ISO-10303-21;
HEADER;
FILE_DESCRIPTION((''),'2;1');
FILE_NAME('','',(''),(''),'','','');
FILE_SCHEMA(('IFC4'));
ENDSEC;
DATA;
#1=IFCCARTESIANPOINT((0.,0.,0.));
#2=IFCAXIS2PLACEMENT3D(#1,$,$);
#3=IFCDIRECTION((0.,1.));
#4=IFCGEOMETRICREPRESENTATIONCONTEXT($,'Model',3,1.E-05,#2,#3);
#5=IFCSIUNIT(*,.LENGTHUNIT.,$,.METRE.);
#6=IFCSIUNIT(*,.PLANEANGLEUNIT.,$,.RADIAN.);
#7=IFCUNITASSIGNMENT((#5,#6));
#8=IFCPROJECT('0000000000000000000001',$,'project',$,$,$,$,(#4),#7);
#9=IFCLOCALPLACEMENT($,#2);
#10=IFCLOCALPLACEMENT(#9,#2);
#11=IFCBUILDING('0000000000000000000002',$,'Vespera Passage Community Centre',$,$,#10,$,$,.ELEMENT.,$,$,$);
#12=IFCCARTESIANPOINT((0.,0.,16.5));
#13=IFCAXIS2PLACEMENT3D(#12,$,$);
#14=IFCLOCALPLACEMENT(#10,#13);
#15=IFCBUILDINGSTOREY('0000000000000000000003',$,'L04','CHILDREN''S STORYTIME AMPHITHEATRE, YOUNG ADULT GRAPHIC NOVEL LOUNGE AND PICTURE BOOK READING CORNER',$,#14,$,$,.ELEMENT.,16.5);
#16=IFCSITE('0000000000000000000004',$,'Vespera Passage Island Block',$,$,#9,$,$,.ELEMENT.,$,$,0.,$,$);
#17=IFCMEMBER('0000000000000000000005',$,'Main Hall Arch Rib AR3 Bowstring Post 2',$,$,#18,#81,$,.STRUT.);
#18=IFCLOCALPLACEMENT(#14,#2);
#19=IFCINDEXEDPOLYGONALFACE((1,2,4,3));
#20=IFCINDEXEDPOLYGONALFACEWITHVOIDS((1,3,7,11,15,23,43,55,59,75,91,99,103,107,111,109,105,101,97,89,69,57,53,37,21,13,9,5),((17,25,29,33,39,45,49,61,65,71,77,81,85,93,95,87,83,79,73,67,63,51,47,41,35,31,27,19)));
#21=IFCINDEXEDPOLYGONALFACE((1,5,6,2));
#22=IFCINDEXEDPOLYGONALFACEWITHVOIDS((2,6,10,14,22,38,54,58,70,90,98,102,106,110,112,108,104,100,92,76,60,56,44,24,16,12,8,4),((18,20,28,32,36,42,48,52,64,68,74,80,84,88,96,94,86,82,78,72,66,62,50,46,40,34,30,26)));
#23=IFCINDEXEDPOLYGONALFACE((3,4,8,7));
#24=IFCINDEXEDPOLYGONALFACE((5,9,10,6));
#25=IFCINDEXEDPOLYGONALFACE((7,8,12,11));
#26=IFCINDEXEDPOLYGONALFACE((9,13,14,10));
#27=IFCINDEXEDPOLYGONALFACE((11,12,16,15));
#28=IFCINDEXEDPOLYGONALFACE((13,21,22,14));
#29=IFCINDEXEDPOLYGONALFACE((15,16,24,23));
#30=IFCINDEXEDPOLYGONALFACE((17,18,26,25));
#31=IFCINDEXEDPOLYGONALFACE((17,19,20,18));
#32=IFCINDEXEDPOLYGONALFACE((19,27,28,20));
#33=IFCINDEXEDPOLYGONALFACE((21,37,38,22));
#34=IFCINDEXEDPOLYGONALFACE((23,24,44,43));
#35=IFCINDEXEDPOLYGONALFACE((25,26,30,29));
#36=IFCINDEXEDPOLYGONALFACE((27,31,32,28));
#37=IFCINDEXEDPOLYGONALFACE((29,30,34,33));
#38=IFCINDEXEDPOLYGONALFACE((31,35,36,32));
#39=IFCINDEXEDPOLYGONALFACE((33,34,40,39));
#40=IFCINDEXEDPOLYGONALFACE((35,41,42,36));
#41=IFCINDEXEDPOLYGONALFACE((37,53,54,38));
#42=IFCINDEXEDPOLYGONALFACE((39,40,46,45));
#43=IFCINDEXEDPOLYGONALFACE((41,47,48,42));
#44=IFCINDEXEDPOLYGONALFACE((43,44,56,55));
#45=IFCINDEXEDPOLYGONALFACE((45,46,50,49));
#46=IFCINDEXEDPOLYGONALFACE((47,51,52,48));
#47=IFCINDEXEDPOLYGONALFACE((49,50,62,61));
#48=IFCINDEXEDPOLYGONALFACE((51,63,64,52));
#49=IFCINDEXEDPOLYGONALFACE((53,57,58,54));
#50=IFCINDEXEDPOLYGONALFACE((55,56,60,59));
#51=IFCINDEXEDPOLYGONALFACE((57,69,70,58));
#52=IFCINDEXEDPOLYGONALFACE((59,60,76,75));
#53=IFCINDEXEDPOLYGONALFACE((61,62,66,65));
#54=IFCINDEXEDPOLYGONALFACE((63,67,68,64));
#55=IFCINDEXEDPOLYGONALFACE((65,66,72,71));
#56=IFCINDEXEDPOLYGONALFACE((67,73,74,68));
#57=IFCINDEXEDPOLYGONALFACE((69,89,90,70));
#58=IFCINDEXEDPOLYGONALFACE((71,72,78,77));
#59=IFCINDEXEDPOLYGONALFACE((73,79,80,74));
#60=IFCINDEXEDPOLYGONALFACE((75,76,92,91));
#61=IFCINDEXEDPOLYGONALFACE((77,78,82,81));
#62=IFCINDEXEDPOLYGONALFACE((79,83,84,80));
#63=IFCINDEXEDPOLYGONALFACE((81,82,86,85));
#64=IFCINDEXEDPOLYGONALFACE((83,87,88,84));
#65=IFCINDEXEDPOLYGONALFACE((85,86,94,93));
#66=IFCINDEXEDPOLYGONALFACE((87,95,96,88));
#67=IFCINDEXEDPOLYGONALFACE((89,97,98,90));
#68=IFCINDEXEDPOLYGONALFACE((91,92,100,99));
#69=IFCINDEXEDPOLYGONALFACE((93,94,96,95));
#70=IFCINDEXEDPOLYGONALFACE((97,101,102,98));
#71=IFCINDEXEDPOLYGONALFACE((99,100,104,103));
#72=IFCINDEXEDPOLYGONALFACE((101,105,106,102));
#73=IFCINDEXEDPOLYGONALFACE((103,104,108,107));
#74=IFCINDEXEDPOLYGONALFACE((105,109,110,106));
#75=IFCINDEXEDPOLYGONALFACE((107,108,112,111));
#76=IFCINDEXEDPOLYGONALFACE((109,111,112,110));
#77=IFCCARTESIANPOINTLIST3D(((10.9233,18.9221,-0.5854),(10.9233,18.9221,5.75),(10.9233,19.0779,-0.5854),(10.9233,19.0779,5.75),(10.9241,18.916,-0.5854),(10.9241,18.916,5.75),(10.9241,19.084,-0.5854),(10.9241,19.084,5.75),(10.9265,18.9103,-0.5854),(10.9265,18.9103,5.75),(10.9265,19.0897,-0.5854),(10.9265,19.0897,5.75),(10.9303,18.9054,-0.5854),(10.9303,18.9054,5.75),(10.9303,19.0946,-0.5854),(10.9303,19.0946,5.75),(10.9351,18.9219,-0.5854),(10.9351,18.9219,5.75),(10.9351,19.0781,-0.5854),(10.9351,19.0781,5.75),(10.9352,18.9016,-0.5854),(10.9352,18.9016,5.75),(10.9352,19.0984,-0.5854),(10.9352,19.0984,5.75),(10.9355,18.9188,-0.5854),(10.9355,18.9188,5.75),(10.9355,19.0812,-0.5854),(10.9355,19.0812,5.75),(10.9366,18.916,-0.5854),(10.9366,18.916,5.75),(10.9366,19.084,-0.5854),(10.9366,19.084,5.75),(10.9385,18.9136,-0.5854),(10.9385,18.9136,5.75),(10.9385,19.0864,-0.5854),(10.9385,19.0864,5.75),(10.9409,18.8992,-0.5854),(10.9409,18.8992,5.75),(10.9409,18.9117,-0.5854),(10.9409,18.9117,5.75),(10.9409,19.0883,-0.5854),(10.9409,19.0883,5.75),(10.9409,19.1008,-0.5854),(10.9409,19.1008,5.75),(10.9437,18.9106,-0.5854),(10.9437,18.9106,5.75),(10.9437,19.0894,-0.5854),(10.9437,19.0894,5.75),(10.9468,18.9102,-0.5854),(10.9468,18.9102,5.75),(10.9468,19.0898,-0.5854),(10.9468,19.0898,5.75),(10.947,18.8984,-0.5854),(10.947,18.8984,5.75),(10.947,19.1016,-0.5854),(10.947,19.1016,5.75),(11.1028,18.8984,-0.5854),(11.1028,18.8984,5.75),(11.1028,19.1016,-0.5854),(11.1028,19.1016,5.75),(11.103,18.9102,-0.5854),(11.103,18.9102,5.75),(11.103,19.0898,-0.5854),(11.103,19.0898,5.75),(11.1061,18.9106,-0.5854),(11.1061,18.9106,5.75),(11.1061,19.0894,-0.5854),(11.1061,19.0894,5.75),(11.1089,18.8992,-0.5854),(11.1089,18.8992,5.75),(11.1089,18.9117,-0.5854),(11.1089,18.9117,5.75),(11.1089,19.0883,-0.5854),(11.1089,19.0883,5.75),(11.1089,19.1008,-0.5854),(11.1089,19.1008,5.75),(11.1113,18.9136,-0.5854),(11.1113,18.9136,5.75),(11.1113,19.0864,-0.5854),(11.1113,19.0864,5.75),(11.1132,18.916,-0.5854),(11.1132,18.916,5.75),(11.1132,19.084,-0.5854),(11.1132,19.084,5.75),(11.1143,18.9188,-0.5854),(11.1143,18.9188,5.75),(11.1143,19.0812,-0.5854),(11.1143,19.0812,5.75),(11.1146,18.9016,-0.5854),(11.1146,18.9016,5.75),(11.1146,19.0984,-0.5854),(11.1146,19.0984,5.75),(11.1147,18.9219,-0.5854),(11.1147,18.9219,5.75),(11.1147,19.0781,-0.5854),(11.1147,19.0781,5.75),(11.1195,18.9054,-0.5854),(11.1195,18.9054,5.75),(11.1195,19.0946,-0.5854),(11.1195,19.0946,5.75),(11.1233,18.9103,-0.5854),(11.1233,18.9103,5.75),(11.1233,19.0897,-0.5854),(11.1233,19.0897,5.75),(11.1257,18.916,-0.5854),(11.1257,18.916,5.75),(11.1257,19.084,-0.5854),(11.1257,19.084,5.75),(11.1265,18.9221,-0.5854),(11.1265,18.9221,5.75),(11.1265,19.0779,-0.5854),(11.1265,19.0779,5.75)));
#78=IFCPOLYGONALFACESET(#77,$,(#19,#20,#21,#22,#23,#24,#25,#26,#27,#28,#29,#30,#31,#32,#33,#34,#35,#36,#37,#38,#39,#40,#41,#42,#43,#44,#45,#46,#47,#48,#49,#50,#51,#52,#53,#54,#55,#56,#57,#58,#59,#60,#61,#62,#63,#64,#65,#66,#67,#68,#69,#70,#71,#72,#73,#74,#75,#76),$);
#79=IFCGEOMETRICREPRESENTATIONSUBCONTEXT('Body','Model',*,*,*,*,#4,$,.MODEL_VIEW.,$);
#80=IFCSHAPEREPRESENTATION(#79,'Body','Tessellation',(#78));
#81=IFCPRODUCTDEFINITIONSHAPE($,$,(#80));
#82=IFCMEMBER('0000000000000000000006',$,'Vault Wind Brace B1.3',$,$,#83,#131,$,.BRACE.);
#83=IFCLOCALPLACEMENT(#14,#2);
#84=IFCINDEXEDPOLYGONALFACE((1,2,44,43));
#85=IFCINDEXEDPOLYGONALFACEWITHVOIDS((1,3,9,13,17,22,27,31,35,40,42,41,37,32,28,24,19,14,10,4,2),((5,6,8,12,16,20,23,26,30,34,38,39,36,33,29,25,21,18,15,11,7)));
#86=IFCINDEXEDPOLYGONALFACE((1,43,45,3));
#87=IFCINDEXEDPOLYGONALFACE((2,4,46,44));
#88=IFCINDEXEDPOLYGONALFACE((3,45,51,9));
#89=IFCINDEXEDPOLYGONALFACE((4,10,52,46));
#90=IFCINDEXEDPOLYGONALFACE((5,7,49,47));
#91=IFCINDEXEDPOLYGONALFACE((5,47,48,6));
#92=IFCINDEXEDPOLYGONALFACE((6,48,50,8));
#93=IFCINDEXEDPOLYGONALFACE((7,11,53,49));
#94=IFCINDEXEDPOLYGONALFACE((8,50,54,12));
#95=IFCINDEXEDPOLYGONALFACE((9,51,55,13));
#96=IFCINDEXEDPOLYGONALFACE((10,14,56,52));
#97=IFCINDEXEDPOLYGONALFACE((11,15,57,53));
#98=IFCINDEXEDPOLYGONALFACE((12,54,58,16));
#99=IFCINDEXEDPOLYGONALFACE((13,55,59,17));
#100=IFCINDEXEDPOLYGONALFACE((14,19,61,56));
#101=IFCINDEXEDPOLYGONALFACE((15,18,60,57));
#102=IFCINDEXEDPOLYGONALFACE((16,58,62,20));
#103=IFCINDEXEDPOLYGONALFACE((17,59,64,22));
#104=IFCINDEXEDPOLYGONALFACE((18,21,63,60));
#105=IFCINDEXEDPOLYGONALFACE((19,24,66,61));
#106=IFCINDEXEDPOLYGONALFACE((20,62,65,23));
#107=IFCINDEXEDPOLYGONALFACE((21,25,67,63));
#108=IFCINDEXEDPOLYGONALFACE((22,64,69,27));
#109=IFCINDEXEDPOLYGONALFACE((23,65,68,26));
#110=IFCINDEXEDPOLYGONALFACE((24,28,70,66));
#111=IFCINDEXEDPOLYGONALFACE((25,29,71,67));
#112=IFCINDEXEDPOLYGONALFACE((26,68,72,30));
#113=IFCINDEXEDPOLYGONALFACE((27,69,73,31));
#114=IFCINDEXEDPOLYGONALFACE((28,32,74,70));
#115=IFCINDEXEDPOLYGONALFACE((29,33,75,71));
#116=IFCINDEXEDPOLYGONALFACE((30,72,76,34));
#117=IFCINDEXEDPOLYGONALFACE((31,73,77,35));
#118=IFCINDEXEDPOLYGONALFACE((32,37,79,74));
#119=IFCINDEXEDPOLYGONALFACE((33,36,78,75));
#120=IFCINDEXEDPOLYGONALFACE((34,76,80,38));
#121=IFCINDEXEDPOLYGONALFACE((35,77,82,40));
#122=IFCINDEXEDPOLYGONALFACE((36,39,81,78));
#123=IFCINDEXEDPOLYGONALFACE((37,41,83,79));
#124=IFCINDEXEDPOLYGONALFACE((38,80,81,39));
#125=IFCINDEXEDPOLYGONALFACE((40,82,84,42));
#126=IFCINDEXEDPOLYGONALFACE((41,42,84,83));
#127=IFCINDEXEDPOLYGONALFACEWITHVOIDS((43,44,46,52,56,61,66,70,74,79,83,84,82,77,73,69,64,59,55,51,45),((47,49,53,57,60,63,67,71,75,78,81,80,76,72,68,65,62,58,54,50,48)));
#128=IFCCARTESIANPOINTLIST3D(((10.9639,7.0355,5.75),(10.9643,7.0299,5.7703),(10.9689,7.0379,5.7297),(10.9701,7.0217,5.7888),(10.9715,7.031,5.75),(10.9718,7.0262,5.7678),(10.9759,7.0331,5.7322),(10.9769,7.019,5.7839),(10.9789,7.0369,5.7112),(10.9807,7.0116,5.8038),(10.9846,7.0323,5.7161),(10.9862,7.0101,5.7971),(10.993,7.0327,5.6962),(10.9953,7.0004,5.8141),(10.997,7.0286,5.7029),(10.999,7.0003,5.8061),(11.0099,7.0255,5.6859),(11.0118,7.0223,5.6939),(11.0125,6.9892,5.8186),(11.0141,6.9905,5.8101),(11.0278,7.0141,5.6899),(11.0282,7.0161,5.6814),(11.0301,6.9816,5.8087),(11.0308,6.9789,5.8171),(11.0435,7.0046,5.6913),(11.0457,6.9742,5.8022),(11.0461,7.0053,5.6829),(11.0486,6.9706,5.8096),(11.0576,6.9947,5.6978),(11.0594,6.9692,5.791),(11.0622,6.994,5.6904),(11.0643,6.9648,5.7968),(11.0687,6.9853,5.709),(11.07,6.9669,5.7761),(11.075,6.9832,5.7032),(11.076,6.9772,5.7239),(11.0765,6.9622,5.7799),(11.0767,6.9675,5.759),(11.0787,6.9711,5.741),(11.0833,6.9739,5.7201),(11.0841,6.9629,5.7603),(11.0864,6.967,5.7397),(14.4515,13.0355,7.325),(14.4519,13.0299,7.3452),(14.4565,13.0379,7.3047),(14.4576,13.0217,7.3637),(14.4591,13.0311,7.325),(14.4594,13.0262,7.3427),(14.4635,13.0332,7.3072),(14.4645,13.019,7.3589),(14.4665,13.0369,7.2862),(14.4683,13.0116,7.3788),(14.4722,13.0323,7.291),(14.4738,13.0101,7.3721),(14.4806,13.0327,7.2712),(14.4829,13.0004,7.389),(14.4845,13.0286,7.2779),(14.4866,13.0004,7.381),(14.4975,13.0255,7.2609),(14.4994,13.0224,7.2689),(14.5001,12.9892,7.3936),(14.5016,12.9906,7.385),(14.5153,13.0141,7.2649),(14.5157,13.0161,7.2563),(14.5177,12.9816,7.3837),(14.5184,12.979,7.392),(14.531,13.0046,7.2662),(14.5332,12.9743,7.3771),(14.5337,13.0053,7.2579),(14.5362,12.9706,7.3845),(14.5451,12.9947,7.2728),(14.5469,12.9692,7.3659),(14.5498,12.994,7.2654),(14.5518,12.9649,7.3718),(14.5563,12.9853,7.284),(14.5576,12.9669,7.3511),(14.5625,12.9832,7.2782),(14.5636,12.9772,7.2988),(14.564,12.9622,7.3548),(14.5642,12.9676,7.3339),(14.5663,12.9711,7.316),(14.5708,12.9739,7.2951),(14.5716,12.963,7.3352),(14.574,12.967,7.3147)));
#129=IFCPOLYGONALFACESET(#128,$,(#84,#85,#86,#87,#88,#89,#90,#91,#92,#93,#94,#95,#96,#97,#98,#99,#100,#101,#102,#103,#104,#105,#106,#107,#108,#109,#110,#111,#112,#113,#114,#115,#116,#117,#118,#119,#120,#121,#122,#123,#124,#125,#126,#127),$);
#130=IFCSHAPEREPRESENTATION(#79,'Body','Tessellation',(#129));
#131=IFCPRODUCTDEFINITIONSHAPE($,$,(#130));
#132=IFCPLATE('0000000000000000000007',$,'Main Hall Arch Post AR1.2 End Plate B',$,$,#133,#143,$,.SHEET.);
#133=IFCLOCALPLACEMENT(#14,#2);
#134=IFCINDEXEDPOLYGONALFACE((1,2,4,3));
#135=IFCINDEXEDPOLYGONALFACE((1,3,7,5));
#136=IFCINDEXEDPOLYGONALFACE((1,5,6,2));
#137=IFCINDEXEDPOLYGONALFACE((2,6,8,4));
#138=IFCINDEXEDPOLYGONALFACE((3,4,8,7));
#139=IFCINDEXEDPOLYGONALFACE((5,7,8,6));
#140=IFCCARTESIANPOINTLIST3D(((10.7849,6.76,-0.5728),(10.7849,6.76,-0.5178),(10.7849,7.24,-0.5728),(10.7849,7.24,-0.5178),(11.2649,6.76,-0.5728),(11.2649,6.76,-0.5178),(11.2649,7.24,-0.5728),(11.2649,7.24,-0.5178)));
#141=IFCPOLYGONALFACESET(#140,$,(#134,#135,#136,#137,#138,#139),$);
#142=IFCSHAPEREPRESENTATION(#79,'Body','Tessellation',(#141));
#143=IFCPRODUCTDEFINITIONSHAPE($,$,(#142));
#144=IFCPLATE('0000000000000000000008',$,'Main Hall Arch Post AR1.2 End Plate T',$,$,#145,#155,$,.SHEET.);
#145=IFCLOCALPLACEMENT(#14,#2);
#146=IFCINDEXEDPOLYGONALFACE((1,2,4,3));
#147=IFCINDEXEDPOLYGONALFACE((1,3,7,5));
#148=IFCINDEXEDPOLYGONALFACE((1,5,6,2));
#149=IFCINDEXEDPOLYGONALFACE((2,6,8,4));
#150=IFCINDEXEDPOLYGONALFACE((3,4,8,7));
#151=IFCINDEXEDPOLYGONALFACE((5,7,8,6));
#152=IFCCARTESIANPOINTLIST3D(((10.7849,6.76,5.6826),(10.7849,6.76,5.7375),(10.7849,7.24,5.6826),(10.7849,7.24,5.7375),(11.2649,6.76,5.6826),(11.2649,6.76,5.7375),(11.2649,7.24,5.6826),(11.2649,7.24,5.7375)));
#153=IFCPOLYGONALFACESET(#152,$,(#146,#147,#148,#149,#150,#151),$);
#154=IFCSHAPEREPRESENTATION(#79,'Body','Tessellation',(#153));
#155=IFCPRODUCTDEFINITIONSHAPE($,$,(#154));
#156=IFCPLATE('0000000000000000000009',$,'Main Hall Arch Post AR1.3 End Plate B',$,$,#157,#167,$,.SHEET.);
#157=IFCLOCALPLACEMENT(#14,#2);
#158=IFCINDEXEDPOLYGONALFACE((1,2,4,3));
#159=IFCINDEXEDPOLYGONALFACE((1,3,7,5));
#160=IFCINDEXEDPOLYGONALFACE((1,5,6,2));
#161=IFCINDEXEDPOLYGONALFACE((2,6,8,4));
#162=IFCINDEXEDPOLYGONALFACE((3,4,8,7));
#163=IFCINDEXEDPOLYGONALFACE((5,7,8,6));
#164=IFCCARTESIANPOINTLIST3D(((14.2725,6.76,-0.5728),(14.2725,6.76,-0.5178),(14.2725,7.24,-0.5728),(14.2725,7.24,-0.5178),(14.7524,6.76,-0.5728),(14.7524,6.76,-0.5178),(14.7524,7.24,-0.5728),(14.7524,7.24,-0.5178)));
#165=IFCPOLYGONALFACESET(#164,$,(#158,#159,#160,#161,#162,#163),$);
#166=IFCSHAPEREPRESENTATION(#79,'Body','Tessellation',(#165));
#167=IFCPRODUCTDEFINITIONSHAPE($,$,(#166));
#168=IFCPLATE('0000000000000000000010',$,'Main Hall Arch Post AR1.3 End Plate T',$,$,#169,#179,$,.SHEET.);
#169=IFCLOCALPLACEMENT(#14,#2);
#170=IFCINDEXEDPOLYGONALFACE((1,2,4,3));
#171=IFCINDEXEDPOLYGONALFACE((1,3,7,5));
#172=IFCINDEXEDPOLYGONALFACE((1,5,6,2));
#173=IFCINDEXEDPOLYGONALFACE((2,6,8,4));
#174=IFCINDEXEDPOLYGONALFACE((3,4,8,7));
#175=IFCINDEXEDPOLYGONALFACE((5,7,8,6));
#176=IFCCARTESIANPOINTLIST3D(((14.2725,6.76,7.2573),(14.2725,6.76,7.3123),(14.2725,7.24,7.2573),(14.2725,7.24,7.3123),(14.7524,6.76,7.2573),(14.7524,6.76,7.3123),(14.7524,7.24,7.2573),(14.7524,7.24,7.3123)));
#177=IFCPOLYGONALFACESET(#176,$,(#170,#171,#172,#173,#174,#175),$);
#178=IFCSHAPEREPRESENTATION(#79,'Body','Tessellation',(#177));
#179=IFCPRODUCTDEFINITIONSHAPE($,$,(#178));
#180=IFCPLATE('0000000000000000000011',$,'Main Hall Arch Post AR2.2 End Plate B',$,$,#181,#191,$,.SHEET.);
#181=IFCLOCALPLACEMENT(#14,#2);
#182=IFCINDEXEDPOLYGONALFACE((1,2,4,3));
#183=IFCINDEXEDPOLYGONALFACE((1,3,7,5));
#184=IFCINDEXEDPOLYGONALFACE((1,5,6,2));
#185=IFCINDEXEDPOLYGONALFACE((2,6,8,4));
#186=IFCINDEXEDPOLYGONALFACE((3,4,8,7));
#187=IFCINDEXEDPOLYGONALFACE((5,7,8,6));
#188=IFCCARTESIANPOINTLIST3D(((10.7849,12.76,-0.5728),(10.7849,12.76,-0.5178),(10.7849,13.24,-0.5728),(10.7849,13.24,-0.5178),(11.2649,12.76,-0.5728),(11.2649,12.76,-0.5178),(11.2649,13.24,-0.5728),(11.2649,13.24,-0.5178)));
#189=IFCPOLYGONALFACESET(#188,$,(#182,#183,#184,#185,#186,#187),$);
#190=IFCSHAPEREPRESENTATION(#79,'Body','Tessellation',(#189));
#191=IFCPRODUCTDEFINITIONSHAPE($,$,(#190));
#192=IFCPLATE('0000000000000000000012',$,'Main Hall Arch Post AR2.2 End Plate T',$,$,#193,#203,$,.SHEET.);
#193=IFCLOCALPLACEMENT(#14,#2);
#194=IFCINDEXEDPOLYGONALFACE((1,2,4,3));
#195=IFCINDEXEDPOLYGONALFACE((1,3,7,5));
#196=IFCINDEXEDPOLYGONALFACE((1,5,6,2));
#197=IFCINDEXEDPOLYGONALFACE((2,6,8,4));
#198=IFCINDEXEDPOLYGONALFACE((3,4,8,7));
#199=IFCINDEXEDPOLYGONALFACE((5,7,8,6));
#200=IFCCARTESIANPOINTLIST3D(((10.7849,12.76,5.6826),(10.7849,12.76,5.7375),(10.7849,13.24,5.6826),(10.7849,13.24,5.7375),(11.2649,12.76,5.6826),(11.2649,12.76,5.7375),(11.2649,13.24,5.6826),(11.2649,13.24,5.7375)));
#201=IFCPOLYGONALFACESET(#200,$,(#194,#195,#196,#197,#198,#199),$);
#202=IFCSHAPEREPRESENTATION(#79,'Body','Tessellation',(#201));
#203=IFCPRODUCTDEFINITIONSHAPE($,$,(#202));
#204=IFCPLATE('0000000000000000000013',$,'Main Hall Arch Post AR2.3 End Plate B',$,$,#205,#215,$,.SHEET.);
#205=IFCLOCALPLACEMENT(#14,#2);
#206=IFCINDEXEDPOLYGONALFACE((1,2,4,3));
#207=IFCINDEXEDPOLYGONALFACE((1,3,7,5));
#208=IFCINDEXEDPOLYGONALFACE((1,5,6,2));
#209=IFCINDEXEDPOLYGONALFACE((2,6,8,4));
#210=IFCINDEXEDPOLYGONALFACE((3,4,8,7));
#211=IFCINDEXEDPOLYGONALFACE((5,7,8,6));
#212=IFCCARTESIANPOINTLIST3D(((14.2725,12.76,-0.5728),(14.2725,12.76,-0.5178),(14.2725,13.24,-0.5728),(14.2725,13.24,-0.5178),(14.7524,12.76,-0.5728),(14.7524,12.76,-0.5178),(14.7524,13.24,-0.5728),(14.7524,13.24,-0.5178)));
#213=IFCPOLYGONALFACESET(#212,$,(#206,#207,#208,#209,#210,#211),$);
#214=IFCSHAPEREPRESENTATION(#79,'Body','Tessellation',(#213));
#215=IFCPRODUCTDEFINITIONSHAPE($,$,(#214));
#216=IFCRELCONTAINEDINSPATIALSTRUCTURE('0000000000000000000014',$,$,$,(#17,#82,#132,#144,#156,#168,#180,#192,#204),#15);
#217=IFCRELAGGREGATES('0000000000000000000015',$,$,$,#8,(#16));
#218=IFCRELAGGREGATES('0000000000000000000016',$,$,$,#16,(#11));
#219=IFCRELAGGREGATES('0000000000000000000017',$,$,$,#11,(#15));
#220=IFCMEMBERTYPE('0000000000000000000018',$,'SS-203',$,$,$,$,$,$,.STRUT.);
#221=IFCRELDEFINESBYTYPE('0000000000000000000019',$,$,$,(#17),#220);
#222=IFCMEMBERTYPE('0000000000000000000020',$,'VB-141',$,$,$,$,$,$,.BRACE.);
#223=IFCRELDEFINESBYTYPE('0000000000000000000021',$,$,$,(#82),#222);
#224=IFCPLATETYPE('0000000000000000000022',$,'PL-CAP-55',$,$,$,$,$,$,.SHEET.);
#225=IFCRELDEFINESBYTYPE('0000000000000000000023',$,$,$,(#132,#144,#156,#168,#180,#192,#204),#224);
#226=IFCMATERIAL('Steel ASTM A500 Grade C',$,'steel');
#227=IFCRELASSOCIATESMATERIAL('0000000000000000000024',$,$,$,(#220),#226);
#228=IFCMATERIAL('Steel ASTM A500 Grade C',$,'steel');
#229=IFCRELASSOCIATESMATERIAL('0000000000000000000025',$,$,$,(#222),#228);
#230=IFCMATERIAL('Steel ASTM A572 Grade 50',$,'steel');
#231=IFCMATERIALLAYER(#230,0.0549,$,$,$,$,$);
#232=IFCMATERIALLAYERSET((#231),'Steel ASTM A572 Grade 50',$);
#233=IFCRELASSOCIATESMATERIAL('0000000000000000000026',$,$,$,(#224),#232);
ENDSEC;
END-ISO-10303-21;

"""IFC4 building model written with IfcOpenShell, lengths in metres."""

from ifc_helpers import new_model, si_unit, direction, frame, origin, origin_2d, place, context, subcontext, project, spatial, rectangle, hollow_rectangle, hollow_circle, extrude, material, layer, layer_set, material_profile, profile_set, type_object, element, save


model = new_model("IFC4")

# Units and contexts
model_context = context("Model", 3, precision=1e-05, world=origin(), true_north=direction((0.0, 1.0)))
body_context = subcontext(model_context, "Body", "Model", "MODEL_VIEW")
ifc_project = project(units=[si_unit("LENGTHUNIT", "METRE"), si_unit("PLANEANGLEUNIT", "RADIAN")], contexts=[model_context])

# Site, building, storey
site_placement = place(None, origin())
site = spatial("IfcSite", under=ifc_project, at=site_placement, Name="Vespera Passage Island Block", CompositionType="ELEMENT", RefElevation=0.0)
building_placement = place(site_placement, origin())
building = spatial("IfcBuilding", under=site, at=building_placement, Name="Vespera Passage Community Centre", CompositionType="ELEMENT")
storey_placement = place(building_placement, frame((0.0, 0.0, 16.5)))
storey = spatial("IfcBuildingStorey", under=building, at=storey_placement, Name="L04", Description="CHILDREN'S STORYTIME AMPHITHEATRE, YOUNG ADULT GRAPHIC NOVEL LOUNGE AND PICTURE BOOK READING CORNER", CompositionType="ELEMENT", Elevation=16.5)

# Members
ifc_material_1 = material(Name="Steel ASTM A500 Grade C", Category="steel")
ifc_material_profile_1 = material_profile(ifc_material_1, hollow_rectangle(XDim=0.2031, YDim=0.2031, WallThickness=0.0117, InnerFilletRadius=0.0117, OuterFilletRadius=0.0237, at=origin_2d()), Name="HSS203X203X12.7")
ifc_profile_set_1 = profile_set([ifc_material_profile_1], Name="Steel ASTM A500 Grade C")
member_type_1 = type_object("IfcMemberType", Name="SS-203", PredefinedType="STRUT", material=ifc_profile_set_1)
member_1_placement = place(storey_placement, frame((11.0249, 19.0, -0.5854), z_axis=(0.0, 0.0, 1.0), x_axis=(1.0, 0.0, 0.0)))
element("IfcMember", 1, at=member_1_placement, inside=storey, type_object=member_type_1, Name="Main Hall Arch Rib AR3 Bowstring Post 2", PredefinedType="STRUT", context=body_context, shape_type="SweptSolid", body=[
    extrude(hollow_rectangle(XDim=0.2031, YDim=0.2031, WallThickness=0.0117, InnerFilletRadius=0.0117, OuterFilletRadius=0.0237, at=origin_2d()), origin(), (0.0, 0.0, 1.0), 6.3354),
])
ifc_material_2 = material(Name="Steel ASTM A500 Grade C", Category="steel")
ifc_material_profile_2 = material_profile(ifc_material_2, hollow_circle(Radius=0.0706, WallThickness=0.0088, at=origin_2d()), Name="CHS141X9.5")
ifc_profile_set_2 = profile_set([ifc_material_profile_2], Name="Steel ASTM A500 Grade C")
member_type_2 = type_object("IfcMemberType", Name="VB-141", PredefinedType="BRACE", material=ifc_profile_set_2)
member_2_placement = place(storey_placement, frame((11.0249, 7.0, 5.75), z_axis=(0.490071, 0.84312, 0.221312), x_axis=(-0.864559, 0.502532, 0.0)))
element("IfcMember", 2, at=member_2_placement, inside=storey, type_object=member_type_2, Name="Vault Wind Brace B1.3", PredefinedType="BRACE", context=body_context, shape_type="SweptSolid", body=[
    extrude(hollow_circle(Radius=0.0706, WallThickness=0.0088, at=origin_2d()), origin(), (0.0, 0.0, 1.0), 7.1165),
])

# Plates
ifc_material_3 = material(Name="Steel ASTM A572 Grade 50", Category="steel")
ifc_layer_1 = layer(ifc_material_3, 0.0549)
ifc_layer_set_1 = layer_set([ifc_layer_1], Name="Steel ASTM A572 Grade 50")
plate_type_1 = type_object("IfcPlateType", Name="PL-CAP-55", PredefinedType="SHEET", material=ifc_layer_set_1)
for number, where, z_axis, x_axis, name in (
    (3, (11.0249, 7.0, -0.5728), (0.0, 0.0, 1.0), (1.0, 0.0, 0.0), "Main Hall Arch Post AR1.2 End Plate B"),
    (4, (11.0249, 7.0, 5.6826), (0.0, 0.0, 1.0), (1.0, 0.0, 0.0), "Main Hall Arch Post AR1.2 End Plate T"),
    (5, (14.5125, 7.0, -0.5728), (0.0, 0.0, 1.0), (1.0, 0.0, 0.0), "Main Hall Arch Post AR1.3 End Plate B"),
    (6, (14.5125, 7.0, 7.2573), (0.0, 0.0, 1.0), (1.0, 0.0, 0.0), "Main Hall Arch Post AR1.3 End Plate T"),
    (7, (11.0249, 13.0, -0.5728), (0.0, 0.0, 1.0), (1.0, 0.0, 0.0), "Main Hall Arch Post AR2.2 End Plate B"),
    (8, (11.0249, 13.0, 5.6826), (0.0, 0.0, 1.0), (1.0, 0.0, 0.0), "Main Hall Arch Post AR2.2 End Plate T"),
    (9, (14.5125, 13.0, -0.5728), (0.0, 0.0, 1.0), (1.0, 0.0, 0.0), "Main Hall Arch Post AR2.3 End Plate B"),
):
    element("IfcPlate", number, at=place(storey_placement, frame(where, z_axis=z_axis, x_axis=x_axis)), inside=storey, type_object=plate_type_1, Name=name, PredefinedType="SHEET", context=body_context, shape_type="SweptSolid", body=[
        extrude(rectangle(XDim=0.48, YDim=0.48, at=origin_2d()), origin(), (0.0, 0.0, 1.0), 0.0549),
    ])

save(model, "model.ifc")
